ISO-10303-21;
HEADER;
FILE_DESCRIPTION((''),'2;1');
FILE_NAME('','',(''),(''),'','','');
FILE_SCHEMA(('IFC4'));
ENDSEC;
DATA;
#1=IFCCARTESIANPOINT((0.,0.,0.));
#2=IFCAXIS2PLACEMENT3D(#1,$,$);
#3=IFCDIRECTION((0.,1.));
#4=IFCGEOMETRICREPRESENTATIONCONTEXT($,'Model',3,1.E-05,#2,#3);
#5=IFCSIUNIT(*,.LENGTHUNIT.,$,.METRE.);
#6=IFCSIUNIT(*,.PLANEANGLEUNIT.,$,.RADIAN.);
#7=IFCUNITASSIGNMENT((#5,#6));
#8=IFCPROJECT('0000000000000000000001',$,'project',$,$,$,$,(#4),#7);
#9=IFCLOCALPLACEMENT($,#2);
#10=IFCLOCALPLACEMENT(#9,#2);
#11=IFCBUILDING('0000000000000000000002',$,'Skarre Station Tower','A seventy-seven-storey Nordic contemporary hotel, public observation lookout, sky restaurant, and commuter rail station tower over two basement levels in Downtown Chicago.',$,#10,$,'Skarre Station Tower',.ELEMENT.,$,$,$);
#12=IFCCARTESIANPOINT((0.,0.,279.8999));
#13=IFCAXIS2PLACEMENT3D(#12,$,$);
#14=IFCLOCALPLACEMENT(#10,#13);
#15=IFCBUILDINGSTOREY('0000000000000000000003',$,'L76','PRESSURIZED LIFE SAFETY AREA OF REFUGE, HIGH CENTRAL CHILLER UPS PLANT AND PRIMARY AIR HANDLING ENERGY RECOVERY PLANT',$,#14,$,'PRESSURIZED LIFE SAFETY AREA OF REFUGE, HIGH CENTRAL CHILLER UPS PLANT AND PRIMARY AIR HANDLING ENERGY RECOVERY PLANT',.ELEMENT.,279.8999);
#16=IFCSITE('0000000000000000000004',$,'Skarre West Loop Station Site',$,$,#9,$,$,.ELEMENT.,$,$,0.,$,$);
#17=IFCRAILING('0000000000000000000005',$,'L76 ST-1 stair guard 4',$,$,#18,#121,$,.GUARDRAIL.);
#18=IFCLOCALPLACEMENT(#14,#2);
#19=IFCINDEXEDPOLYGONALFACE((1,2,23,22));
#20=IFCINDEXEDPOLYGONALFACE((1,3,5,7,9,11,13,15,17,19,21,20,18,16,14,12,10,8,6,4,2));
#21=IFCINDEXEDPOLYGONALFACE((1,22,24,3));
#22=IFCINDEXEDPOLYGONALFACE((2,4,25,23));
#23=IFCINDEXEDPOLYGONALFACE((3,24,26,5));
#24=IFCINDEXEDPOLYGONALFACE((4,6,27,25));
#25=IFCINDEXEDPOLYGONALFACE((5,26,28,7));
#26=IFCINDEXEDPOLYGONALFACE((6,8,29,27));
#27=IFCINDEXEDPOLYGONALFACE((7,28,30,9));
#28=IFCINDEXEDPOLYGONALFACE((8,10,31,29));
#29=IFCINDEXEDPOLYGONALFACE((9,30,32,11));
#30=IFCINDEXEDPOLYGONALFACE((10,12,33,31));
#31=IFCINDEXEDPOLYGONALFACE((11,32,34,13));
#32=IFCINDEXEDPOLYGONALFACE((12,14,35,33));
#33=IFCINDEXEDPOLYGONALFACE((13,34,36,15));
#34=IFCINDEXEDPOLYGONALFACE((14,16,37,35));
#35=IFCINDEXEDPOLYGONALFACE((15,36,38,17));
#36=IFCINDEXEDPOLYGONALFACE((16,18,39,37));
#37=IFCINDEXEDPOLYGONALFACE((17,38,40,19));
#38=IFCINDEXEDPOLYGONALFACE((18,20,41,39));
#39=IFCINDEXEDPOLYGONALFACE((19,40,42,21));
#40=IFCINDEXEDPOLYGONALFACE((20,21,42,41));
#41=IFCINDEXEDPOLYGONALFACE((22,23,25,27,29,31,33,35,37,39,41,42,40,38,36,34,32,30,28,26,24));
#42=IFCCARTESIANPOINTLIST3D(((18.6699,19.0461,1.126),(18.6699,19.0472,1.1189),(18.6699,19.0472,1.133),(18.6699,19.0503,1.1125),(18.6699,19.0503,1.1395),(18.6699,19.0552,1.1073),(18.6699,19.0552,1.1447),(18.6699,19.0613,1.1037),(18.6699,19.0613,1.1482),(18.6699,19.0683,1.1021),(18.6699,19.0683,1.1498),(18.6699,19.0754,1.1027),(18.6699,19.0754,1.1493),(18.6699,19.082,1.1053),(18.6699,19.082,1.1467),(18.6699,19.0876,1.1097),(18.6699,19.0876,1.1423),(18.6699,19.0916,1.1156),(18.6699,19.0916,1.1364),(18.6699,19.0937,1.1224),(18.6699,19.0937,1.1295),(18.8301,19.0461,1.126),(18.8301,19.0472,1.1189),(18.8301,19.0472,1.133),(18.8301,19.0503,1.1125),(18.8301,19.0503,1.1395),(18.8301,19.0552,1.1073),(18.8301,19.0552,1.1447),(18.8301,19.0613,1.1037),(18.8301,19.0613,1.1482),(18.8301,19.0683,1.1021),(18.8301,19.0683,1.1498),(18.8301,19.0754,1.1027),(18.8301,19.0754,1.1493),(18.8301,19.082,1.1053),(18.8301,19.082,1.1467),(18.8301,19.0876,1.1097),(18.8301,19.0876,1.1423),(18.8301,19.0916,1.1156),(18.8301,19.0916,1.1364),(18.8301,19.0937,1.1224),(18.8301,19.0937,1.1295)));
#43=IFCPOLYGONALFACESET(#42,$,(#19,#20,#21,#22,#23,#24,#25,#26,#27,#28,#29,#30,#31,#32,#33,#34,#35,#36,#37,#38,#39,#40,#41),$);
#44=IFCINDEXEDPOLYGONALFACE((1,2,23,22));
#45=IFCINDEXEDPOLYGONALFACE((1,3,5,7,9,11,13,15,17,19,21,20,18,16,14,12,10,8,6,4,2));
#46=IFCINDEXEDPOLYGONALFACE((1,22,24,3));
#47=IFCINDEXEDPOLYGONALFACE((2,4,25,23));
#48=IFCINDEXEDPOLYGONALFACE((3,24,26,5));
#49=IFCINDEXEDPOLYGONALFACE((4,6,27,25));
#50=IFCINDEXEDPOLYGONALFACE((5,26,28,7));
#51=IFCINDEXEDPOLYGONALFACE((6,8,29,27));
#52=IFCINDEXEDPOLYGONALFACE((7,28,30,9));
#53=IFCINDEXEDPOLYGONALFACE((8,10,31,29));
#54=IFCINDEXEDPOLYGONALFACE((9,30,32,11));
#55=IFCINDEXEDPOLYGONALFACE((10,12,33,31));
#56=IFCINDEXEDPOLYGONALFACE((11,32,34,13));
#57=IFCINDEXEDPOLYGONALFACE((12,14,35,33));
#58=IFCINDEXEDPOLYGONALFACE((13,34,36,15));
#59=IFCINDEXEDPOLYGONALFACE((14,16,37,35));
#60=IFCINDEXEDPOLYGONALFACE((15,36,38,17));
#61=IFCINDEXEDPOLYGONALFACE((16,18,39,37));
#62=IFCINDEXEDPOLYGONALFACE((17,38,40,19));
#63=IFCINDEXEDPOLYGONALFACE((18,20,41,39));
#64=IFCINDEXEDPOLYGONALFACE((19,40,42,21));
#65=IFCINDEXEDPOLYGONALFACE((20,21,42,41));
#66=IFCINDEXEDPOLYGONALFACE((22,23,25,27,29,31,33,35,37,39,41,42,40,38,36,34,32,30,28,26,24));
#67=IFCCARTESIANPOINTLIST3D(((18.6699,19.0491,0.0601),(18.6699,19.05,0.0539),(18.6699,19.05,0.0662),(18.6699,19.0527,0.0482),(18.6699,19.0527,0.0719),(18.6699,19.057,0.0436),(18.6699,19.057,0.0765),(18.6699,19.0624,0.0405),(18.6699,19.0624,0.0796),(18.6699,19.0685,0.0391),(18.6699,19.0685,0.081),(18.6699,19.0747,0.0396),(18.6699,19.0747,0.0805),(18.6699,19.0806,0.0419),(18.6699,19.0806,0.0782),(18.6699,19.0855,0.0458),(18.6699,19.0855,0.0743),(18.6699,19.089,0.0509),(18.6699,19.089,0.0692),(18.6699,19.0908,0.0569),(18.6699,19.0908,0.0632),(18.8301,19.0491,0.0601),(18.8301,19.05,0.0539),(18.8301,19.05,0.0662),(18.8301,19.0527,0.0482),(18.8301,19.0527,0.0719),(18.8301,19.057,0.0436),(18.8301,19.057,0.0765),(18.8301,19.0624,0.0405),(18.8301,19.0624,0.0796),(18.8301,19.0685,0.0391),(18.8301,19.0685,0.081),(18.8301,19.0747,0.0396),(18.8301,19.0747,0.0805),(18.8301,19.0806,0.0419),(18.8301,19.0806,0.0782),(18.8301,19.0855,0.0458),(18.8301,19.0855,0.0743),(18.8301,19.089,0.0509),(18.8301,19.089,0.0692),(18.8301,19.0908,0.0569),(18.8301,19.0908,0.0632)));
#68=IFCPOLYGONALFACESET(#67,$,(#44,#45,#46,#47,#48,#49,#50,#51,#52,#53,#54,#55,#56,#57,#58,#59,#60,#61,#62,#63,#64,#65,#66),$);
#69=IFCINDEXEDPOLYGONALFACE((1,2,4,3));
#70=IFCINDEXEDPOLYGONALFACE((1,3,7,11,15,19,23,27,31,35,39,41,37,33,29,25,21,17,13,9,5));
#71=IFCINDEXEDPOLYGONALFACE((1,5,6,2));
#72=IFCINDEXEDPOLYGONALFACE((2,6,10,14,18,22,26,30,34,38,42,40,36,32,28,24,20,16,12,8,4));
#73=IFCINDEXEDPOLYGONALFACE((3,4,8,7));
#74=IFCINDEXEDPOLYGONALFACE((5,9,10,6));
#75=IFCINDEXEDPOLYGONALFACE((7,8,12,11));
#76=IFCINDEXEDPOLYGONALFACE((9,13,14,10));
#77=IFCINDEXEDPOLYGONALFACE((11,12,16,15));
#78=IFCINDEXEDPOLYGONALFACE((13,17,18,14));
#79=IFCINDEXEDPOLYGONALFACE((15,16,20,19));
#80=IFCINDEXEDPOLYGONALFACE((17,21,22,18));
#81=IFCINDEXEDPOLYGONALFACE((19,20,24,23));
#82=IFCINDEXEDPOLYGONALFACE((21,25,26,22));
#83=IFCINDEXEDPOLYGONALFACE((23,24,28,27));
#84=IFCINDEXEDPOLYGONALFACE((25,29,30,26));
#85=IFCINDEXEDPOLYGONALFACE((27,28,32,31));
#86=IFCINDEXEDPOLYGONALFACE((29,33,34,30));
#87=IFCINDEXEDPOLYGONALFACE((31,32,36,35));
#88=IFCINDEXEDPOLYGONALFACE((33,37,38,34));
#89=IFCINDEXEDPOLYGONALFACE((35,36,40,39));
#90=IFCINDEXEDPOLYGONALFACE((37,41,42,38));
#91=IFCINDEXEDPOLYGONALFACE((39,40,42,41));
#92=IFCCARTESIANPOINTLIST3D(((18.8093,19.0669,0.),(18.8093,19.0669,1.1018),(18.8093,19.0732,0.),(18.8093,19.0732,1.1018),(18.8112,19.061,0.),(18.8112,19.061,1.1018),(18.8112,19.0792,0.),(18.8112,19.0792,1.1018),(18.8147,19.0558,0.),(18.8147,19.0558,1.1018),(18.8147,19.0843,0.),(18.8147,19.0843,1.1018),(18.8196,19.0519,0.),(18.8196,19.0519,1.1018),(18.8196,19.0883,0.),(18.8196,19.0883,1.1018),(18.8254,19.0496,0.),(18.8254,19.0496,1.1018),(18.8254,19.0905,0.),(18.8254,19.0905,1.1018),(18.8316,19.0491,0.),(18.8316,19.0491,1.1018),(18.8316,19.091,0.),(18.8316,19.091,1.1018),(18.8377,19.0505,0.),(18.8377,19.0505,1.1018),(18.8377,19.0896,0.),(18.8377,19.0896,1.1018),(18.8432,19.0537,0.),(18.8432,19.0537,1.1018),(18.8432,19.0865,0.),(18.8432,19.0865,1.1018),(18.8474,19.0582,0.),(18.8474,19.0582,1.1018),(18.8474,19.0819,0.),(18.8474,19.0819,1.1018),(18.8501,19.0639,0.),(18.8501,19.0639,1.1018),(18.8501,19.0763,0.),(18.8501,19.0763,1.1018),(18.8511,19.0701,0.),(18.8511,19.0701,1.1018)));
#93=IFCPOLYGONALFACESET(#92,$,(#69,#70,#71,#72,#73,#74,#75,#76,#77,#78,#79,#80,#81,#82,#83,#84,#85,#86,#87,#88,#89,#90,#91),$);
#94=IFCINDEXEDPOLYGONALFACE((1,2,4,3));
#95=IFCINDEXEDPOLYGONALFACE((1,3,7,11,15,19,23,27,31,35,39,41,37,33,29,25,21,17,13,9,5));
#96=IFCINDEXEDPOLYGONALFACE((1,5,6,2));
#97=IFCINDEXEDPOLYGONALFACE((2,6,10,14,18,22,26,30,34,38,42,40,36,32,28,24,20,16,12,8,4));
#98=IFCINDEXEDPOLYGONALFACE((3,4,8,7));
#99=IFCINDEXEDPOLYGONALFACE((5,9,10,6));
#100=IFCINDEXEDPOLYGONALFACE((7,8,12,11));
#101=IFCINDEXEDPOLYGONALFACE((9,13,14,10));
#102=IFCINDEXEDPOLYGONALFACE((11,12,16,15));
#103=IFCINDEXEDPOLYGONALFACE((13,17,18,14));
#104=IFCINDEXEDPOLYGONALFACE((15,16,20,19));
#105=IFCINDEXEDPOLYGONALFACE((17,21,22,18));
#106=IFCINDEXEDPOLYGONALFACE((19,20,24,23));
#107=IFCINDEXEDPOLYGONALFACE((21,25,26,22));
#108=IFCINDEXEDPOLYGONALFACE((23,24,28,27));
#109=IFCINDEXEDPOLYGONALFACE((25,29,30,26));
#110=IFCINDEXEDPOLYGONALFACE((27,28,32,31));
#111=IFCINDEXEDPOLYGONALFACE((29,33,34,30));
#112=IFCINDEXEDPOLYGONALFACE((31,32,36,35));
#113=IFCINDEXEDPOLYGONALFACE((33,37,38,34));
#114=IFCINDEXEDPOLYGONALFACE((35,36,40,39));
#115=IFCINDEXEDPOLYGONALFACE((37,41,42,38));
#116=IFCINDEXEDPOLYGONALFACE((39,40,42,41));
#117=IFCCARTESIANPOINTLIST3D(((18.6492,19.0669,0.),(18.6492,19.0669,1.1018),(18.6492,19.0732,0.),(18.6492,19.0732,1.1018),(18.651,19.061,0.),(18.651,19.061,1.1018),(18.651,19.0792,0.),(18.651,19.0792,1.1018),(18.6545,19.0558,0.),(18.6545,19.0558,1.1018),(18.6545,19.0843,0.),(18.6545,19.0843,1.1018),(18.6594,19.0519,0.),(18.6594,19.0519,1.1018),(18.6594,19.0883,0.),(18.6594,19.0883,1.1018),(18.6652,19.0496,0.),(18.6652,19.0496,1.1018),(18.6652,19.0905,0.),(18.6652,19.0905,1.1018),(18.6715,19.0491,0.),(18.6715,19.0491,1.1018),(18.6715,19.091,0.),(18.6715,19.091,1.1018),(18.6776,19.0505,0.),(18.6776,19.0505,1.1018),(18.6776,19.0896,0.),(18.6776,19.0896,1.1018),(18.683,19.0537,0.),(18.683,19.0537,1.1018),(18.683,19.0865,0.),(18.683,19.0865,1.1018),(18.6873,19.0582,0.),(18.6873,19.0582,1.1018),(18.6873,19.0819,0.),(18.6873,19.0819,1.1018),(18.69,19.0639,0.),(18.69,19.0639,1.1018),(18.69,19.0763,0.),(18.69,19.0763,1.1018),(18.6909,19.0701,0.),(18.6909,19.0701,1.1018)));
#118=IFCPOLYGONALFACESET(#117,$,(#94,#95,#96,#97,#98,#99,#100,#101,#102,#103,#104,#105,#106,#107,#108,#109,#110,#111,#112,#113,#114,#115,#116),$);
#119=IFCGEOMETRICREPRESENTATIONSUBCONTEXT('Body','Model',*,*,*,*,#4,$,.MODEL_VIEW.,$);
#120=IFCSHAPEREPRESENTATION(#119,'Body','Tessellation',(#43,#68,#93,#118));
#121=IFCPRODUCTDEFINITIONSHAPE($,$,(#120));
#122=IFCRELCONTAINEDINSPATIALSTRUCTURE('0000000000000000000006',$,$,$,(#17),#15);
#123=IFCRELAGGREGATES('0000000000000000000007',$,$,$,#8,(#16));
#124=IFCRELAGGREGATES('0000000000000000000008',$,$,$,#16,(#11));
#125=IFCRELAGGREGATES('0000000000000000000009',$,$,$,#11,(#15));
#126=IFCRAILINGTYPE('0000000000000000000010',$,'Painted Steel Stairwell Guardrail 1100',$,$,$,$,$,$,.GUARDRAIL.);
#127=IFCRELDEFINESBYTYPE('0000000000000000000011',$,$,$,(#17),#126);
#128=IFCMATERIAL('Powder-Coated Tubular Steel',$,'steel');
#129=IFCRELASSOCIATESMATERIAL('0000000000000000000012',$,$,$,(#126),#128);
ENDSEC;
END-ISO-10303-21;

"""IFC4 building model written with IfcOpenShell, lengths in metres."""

from ifc_helpers import new_model, si_unit, direction, frame, origin, origin_2d, place, context, subcontext, project, spatial, circle, extrude, material, type_object, element, save


model = new_model("IFC4")

# Units and contexts
model_context = context("Model", 3, precision=1e-05, world=origin(), true_north=direction((0.0, 1.0)))
body_context = subcontext(model_context, "Body", "Model", "MODEL_VIEW")
ifc_project = project(units=[si_unit("LENGTHUNIT", "METRE"), si_unit("PLANEANGLEUNIT", "RADIAN")], contexts=[model_context])

# Site, building, storey
site_placement = place(None, origin())
site = spatial("IfcSite", under=ifc_project, at=site_placement, Name="Skarre West Loop Station Site", CompositionType="ELEMENT", RefElevation=0.0)
building_placement = place(site_placement, origin())
building = spatial("IfcBuilding", under=site, at=building_placement, Name="Skarre Station Tower", Description="A seventy-seven-storey Nordic contemporary hotel, public observation lookout, sky restaurant, and commuter rail station tower over two basement levels in Downtown Chicago.", LongName="Skarre Station Tower", CompositionType="ELEMENT")
storey_placement = place(building_placement, frame((0.0, 0.0, 279.8999)))
storey = spatial("IfcBuildingStorey", under=building, at=storey_placement, Name="L76", Description="PRESSURIZED LIFE SAFETY AREA OF REFUGE, HIGH CENTRAL CHILLER UPS PLANT AND PRIMARY AIR HANDLING ENERGY RECOVERY PLANT", LongName="PRESSURIZED LIFE SAFETY AREA OF REFUGE, HIGH CENTRAL CHILLER UPS PLANT AND PRIMARY AIR HANDLING ENERGY RECOVERY PLANT", CompositionType="ELEMENT", Elevation=279.8999)

# Railing
ifc_material_1 = material(Name="Powder-Coated Tubular Steel", Category="steel")
railing_type_1 = type_object("IfcRailingType", Name="Painted Steel Stairwell Guardrail 1100", PredefinedType="GUARDRAIL", material=ifc_material_1)
railing_1_placement = place(storey_placement, frame((18.8301, 19.0701, 0.0)))
element("IfcRailing", 1, at=railing_1_placement, inside=storey, type_object=railing_type_1, Name="L76 ST-1 stair guard 4", PredefinedType="GUARDRAIL", context=body_context, shape_type="SweptSolid", body=[
    extrude(circle(Radius=0.0239, at=origin_2d()), frame((0.0, 0.0, 1.126), z_axis=(-1.0, 0.0, 0.0), x_axis=(0.0, -1.0, 0.0)), (0.0, 0.0, 1.0), 0.1602),
    extrude(circle(Radius=0.021, at=origin_2d()), frame((0.0, 0.0, 0.0601), z_axis=(-1.0, 0.0, 0.0), x_axis=(0.0, -1.0, 0.0)), (0.0, 0.0, 1.0), 0.1602),
    extrude(circle(Radius=0.021, at=origin_2d()), origin(), (0.0, 0.0, 1.0), 1.1018),
    extrude(circle(Radius=0.021, at=origin_2d()), frame((-0.1602, 0.0, 0.0)), (0.0, 0.0, 1.0), 1.1018),
])

save(model, "model.ifc")
